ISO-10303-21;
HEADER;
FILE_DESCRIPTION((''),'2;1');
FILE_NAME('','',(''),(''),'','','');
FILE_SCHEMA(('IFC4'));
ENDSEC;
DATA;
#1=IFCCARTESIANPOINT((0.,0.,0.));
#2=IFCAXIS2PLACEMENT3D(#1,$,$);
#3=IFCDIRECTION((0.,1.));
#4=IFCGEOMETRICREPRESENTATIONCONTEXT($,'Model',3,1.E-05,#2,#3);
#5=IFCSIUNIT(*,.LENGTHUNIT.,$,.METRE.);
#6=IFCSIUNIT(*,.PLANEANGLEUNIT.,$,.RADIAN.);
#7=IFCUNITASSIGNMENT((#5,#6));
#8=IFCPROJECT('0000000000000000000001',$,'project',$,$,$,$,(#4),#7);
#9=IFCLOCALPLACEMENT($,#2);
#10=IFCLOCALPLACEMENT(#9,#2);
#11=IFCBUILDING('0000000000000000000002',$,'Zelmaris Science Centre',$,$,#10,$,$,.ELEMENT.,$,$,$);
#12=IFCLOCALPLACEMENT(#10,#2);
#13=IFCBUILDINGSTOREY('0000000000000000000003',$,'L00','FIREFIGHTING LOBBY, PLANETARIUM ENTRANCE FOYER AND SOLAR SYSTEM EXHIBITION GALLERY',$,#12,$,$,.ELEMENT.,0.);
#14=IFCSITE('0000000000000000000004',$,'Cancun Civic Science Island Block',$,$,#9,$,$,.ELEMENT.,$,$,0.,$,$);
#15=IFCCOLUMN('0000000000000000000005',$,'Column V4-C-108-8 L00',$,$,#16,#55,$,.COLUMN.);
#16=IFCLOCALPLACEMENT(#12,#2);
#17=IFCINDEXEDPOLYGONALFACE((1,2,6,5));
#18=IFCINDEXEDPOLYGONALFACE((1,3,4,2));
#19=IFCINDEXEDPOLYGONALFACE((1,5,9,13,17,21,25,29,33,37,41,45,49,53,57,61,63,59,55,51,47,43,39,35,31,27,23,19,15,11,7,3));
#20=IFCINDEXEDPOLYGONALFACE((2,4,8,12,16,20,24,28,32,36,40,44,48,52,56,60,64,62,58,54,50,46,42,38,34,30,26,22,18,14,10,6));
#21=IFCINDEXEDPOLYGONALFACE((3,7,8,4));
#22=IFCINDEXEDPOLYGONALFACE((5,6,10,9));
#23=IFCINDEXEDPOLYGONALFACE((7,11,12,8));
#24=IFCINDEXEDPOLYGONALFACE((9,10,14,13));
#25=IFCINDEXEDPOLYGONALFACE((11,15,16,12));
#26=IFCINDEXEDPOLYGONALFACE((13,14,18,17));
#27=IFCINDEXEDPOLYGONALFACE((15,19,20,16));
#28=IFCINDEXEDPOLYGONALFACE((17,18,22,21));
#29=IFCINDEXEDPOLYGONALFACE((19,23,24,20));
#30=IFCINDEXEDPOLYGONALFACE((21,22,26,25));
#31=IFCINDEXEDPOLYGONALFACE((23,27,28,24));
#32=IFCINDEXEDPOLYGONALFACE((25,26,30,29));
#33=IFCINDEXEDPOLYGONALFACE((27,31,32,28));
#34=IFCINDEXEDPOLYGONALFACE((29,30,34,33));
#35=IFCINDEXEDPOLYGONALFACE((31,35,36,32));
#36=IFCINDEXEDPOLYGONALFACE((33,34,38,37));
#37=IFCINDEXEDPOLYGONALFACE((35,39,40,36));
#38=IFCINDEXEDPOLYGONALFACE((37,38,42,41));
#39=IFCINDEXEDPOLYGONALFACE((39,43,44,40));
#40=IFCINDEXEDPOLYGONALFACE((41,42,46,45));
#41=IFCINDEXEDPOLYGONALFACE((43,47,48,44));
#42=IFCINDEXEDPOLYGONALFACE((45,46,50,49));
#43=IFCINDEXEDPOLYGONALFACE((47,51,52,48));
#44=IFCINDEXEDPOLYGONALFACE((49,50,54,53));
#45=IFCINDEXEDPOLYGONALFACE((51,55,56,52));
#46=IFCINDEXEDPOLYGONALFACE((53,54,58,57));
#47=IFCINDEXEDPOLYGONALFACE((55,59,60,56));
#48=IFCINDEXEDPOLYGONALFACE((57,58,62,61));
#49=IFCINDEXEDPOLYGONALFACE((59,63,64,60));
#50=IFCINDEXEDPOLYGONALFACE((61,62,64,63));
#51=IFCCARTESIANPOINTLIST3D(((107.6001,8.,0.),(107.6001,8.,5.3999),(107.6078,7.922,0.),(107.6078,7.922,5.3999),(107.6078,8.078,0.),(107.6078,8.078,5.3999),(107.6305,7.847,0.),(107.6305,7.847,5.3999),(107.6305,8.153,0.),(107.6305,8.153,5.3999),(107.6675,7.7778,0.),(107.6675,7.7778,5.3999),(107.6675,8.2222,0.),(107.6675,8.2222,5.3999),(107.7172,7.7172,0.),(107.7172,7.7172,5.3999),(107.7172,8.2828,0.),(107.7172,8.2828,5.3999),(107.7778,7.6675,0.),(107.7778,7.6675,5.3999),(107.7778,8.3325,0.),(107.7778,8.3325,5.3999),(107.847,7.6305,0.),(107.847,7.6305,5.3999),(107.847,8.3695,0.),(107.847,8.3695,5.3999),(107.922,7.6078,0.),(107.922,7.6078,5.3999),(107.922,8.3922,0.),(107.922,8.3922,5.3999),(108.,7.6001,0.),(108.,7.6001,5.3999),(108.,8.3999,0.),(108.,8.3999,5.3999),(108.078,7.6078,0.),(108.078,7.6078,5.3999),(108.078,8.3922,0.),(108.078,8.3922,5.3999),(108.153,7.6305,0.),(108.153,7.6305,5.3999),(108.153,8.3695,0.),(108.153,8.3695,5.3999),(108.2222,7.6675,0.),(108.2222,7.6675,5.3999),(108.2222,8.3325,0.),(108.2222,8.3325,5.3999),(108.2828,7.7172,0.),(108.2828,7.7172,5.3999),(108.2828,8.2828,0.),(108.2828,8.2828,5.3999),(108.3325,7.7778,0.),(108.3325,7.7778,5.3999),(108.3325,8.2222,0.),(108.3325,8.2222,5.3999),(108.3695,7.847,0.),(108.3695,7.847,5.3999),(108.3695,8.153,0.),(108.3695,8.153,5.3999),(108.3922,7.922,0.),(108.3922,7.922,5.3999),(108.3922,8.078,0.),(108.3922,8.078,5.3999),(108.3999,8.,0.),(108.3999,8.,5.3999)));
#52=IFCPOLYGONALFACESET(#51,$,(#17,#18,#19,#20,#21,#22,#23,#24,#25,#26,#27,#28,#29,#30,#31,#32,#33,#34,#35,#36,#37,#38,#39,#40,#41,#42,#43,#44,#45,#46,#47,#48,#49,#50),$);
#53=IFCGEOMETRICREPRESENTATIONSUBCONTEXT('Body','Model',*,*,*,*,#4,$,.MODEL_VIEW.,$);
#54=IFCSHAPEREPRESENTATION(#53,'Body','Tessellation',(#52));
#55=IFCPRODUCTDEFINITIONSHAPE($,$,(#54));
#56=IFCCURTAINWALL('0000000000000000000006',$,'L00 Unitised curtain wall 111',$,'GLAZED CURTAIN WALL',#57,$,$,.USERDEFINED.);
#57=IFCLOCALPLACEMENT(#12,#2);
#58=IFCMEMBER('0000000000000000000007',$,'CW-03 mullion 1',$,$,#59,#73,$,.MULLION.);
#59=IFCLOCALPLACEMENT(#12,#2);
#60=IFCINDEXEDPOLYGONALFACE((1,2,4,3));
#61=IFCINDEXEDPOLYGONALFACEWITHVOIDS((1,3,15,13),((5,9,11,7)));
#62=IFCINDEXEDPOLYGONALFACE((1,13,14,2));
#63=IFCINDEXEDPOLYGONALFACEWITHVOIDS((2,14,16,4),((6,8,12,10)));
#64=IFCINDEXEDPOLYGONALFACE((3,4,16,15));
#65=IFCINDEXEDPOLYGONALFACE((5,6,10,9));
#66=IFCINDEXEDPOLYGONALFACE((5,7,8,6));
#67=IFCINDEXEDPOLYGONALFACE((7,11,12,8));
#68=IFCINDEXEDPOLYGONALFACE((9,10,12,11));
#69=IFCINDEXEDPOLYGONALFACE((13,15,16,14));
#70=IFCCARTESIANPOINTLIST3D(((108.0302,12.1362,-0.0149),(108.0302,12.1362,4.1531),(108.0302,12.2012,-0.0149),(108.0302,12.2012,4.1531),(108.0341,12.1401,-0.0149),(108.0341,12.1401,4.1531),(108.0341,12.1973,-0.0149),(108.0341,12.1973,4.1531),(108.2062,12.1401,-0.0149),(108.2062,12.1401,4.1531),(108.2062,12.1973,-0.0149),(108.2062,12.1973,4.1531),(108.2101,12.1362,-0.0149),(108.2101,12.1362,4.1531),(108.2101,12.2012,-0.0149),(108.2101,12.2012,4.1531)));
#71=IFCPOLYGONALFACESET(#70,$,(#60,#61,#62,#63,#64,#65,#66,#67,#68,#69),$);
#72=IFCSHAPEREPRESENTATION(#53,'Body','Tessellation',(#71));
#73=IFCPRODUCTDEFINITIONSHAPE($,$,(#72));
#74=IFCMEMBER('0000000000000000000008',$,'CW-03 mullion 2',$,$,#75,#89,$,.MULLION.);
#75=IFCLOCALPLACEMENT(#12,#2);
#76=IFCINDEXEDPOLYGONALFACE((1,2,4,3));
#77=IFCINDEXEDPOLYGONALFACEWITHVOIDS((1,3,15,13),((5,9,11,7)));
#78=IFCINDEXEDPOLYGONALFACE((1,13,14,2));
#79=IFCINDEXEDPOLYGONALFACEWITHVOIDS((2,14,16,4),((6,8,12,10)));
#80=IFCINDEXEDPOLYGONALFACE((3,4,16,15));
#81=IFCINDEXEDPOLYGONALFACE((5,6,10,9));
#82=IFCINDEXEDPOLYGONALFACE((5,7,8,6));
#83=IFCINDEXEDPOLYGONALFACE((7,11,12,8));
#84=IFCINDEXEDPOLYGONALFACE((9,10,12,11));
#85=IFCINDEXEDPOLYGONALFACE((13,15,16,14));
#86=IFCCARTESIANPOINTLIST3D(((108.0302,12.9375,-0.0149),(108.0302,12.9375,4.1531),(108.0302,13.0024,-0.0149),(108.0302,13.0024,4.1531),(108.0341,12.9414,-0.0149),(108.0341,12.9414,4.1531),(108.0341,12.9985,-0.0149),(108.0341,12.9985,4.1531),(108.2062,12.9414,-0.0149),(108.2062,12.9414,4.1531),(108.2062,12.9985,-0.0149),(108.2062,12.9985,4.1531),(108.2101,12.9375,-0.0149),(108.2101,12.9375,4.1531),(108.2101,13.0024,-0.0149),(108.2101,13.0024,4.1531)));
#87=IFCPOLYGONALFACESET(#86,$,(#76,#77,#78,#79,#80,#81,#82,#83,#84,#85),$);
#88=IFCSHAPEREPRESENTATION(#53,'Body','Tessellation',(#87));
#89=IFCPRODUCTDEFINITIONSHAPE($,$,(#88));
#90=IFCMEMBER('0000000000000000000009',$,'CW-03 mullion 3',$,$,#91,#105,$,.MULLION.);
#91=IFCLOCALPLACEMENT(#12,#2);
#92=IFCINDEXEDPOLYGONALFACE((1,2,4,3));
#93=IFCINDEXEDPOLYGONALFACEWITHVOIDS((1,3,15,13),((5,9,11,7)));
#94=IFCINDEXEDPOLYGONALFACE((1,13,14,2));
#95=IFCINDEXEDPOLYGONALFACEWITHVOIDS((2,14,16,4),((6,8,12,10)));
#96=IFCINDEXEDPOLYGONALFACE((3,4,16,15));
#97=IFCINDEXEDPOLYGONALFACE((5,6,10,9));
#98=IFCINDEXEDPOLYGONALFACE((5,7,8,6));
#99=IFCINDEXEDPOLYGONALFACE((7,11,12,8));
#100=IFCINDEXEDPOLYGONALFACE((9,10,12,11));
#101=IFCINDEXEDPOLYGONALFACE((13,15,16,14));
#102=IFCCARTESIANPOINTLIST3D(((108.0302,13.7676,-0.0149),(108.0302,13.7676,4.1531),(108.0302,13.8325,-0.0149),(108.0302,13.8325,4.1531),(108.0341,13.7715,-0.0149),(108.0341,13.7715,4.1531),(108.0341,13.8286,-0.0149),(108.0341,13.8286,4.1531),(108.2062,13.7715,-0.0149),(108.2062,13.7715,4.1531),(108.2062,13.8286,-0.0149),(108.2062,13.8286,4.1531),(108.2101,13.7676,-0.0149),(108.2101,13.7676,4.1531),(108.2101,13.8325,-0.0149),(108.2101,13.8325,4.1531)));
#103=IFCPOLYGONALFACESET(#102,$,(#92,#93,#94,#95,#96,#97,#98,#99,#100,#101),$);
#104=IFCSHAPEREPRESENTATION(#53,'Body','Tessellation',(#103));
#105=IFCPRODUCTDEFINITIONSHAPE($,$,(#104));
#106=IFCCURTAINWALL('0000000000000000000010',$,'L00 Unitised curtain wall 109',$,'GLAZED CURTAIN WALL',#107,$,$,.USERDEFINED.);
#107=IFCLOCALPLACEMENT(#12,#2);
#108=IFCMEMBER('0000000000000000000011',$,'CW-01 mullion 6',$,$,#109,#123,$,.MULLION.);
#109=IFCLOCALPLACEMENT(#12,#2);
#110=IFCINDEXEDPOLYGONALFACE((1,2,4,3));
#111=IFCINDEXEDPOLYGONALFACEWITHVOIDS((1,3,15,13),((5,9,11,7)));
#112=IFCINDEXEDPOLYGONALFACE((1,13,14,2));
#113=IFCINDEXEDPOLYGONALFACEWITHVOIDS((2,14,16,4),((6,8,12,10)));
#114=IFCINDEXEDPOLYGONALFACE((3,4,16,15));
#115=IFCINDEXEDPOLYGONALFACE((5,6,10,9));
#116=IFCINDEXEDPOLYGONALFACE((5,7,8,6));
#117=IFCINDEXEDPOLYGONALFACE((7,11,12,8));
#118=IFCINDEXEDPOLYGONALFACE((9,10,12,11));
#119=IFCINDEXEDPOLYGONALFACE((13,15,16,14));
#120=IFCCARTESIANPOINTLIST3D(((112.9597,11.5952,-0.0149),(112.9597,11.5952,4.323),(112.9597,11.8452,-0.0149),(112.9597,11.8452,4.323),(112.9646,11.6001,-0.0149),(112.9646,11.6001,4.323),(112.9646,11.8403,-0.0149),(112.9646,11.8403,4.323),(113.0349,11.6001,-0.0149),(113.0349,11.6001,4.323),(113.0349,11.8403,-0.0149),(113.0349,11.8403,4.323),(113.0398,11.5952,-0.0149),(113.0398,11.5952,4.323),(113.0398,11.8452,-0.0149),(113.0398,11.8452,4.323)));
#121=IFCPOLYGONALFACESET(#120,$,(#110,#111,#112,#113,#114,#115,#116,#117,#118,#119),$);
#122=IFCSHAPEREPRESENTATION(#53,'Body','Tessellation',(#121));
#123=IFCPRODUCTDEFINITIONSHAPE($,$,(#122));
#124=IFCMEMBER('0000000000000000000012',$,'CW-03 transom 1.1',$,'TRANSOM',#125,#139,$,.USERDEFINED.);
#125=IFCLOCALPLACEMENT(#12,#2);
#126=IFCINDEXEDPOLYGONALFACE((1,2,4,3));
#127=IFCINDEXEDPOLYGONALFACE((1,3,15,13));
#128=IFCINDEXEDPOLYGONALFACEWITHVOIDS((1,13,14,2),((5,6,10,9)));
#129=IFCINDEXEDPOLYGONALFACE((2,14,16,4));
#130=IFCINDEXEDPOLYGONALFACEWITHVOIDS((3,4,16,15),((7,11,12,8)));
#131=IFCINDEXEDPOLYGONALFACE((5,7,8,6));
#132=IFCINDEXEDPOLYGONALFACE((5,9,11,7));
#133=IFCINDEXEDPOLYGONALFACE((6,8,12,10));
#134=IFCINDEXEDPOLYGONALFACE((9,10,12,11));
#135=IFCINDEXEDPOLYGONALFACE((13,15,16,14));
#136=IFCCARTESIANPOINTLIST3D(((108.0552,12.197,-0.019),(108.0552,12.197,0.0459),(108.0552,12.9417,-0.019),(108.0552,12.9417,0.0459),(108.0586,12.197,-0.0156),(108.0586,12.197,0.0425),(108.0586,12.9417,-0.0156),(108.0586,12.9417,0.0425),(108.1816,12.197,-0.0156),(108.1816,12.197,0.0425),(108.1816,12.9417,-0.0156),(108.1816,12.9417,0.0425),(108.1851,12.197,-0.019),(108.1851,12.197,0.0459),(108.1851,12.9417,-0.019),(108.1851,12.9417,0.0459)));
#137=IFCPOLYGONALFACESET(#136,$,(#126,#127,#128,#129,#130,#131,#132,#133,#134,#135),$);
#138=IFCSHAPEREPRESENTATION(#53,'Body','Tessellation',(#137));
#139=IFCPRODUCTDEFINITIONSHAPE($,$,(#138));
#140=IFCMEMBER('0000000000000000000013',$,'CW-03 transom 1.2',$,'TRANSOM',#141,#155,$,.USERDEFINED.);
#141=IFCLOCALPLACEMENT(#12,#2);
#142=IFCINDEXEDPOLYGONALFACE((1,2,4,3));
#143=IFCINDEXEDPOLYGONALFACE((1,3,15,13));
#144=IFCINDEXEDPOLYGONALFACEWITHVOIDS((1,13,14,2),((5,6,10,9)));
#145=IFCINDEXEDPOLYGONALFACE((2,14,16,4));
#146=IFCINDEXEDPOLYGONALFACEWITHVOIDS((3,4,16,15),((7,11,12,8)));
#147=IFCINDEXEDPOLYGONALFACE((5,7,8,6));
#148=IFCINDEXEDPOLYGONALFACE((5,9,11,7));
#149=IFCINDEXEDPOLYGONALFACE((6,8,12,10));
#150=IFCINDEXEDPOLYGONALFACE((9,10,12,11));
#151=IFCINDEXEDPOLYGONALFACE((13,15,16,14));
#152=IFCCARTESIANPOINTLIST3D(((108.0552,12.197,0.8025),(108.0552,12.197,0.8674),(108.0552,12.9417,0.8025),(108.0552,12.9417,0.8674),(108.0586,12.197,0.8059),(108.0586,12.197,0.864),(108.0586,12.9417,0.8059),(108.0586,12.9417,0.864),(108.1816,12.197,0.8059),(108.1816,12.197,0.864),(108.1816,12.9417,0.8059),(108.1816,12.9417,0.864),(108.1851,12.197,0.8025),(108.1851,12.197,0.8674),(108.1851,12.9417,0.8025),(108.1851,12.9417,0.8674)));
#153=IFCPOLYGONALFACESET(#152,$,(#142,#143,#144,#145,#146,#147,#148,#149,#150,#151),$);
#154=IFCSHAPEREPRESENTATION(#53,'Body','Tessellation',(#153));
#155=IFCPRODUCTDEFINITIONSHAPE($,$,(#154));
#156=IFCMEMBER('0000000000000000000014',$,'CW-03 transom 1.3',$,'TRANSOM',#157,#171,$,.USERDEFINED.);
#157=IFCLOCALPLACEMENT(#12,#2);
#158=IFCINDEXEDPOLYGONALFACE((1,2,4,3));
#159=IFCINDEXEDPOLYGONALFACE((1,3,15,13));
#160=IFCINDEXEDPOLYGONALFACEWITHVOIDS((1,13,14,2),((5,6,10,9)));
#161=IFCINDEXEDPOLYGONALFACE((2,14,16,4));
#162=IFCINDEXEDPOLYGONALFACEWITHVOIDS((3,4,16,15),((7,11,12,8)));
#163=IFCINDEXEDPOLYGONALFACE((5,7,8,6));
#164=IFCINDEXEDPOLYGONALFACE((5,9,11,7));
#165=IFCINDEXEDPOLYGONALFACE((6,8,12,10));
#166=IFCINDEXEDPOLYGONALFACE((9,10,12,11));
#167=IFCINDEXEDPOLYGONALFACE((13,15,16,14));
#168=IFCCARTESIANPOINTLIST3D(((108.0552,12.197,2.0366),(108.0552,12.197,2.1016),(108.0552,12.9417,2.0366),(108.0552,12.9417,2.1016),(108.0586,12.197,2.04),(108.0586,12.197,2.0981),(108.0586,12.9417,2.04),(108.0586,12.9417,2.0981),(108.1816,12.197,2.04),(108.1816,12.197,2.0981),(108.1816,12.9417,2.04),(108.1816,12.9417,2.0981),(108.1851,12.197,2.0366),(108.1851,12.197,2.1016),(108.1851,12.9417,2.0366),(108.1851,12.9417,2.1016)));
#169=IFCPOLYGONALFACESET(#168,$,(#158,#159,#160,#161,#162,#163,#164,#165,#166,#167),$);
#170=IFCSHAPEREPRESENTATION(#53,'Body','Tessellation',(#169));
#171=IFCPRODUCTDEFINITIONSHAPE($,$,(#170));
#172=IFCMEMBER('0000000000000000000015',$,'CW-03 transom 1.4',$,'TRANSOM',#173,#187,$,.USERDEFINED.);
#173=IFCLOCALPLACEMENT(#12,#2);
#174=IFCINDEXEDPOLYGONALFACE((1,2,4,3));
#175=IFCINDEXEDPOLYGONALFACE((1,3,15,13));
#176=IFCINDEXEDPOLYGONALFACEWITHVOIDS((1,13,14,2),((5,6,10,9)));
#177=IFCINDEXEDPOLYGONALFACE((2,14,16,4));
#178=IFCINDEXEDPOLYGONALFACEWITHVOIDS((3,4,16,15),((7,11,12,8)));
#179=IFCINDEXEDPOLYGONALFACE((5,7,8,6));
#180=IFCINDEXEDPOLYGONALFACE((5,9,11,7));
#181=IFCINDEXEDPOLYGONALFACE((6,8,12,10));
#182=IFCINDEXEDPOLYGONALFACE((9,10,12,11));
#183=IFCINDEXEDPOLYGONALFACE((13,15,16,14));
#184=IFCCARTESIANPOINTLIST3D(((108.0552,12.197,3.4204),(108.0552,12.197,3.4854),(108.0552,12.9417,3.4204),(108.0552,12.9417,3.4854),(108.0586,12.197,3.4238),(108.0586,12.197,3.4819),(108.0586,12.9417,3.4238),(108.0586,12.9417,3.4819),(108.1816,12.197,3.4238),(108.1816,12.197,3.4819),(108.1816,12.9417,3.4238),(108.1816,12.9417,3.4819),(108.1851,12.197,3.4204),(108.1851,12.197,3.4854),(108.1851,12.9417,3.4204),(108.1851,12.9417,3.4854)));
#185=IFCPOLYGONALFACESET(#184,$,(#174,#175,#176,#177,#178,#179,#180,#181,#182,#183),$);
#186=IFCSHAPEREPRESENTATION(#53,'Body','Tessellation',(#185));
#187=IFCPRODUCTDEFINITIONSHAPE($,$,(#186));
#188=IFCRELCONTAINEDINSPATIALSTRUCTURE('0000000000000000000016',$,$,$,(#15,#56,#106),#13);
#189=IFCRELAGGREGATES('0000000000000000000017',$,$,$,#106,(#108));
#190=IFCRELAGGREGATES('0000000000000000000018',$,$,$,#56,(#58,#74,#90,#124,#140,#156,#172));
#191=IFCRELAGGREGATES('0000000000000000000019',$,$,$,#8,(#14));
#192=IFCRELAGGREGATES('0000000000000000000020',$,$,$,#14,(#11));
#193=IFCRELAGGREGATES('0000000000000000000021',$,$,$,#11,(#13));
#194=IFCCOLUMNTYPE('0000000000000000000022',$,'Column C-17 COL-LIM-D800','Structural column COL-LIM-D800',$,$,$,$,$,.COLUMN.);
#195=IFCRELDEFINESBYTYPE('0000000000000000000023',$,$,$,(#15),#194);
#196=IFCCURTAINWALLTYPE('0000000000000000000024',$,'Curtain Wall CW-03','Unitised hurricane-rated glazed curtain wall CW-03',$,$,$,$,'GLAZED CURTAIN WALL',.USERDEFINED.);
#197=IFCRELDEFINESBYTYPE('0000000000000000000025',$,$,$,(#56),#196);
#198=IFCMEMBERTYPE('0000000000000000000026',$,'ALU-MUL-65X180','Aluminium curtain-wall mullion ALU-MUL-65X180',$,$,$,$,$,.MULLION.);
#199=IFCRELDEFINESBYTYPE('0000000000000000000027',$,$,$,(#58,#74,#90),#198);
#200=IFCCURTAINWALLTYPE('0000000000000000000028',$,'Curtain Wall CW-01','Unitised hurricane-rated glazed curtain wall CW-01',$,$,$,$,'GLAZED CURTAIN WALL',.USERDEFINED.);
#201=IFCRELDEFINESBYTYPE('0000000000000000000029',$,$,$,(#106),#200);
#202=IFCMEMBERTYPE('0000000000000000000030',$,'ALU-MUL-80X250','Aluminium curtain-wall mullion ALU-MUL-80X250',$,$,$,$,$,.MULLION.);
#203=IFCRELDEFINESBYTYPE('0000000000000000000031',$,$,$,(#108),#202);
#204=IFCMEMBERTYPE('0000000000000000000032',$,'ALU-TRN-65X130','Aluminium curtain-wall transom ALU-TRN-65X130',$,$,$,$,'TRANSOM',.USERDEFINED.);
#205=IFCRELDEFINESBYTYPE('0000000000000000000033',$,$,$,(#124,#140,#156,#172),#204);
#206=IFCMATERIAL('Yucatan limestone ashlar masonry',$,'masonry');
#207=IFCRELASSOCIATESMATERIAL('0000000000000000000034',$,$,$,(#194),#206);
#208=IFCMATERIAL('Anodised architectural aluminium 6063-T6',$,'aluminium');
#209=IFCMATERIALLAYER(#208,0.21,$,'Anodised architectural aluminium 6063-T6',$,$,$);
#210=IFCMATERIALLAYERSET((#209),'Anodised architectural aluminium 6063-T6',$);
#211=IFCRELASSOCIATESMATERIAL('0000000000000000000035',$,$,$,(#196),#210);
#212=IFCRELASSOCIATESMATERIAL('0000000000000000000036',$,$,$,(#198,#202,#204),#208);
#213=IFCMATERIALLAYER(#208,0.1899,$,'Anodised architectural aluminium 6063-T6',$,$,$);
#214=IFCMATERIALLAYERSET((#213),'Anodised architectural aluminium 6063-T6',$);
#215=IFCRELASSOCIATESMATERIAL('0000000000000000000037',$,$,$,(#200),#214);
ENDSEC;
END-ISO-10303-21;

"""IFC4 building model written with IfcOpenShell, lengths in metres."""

from ifc_helpers import new_model, si_unit, direction, frame, origin, origin_2d, place, context, subcontext, project, spatial, hollow_rectangle, circle, extrude, material, layer, layer_set, material_profile, profile_set, type_object, element, aggregate, save


model = new_model("IFC4")

# Units and contexts
model_context = context("Model", 3, precision=1e-05, world=origin(), true_north=direction((0.0, 1.0)))
body_context = subcontext(model_context, "Body", "Model", "MODEL_VIEW")
ifc_project = project(units=[si_unit("LENGTHUNIT", "METRE"), si_unit("PLANEANGLEUNIT", "RADIAN")], contexts=[model_context])

# Site, building, storey
site_placement = place(None, origin())
site = spatial("IfcSite", under=ifc_project, at=site_placement, Name="Cancun Civic Science Island Block", CompositionType="ELEMENT", RefElevation=0.0)
building_placement = place(site_placement, origin())
building = spatial("IfcBuilding", under=site, at=building_placement, Name="Zelmaris Science Centre", CompositionType="ELEMENT")
storey_placement = place(building_placement, origin())
storey = spatial("IfcBuildingStorey", under=building, at=storey_placement, Name="L00", Description="FIREFIGHTING LOBBY, PLANETARIUM ENTRANCE FOYER AND SOLAR SYSTEM EXHIBITION GALLERY", CompositionType="ELEMENT", Elevation=0.0)

# Column
ifc_material_1 = material(Name="Yucatan limestone ashlar masonry", Category="masonry")
ifc_material_profile_1 = material_profile(ifc_material_1, circle(Radius=0.3999, at=origin_2d()), Name="COL-LIM-D800")
ifc_profile_set_1 = profile_set([ifc_material_profile_1], Name="Yucatan limestone ashlar masonry")
column_type = type_object("IfcColumnType", Name="Column C-17 COL-LIM-D800", Description="Structural column COL-LIM-D800", PredefinedType="COLUMN", material=ifc_profile_set_1)
column_placement = place(storey_placement, frame((108.0, 8.0, 0.0), z_axis=(0.0, 0.0, 1.0), x_axis=(1.0, 0.0, 0.0)))
element("IfcColumn", 1, at=column_placement, inside=storey, type_object=column_type, Name="Column V4-C-108-8 L00", PredefinedType="COLUMN", context=body_context, shape_type="SweptSolid", body=[
    extrude(circle(Radius=0.3999, at=origin_2d()), origin(), (0.0, 0.0, 1.0), 5.3999),
])

# Curtain wall, members
ifc_material_2 = material(Name="Anodised architectural aluminium 6063-T6", Category="aluminium")
ifc_layer_1 = layer(ifc_material_2, 0.21, Name="Anodised architectural aluminium 6063-T6")
ifc_layer_set_1 = layer_set([ifc_layer_1], Name="Anodised architectural aluminium 6063-T6")
curtain_wall_type_1 = type_object("IfcCurtainWallType", Name="Curtain Wall CW-03", Description="Unitised hurricane-rated glazed curtain wall CW-03", ElementType="GLAZED CURTAIN WALL", PredefinedType="USERDEFINED", material=ifc_layer_set_1)
curtain_wall_1_placement = place(storey_placement, origin())
curtain_wall_1 = element("IfcCurtainWall", 2, at=curtain_wall_1_placement, inside=storey, type_object=curtain_wall_type_1, Name="L00 Unitised curtain wall 111", ObjectType="GLAZED CURTAIN WALL", PredefinedType="USERDEFINED")
ifc_material_profile_2 = material_profile(ifc_material_2, hollow_rectangle(XDim=0.0649, YDim=0.1799, WallThickness=0.0039, at=origin_2d()), Name="ALU-MUL-65X180")
ifc_profile_set_2 = profile_set([ifc_material_profile_2], Name="Anodised architectural aluminium 6063-T6")
member_type_1 = type_object("IfcMemberType", Name="ALU-MUL-65X180", Description="Aluminium curtain-wall mullion ALU-MUL-65X180", PredefinedType="MULLION", material=ifc_profile_set_2)
member_1_placement = place(storey_placement, frame((108.1201, 12.1687, -0.0149), z_axis=(0.0, 0.0, 1.0), x_axis=(-0.000007, 1.0, 0.0)))
member_1 = element("IfcMember", 3, at=member_1_placement, type_object=member_type_1, Name="CW-03 mullion 1", PredefinedType="MULLION", context=body_context, shape_type="SweptSolid", body=[
    extrude(hollow_rectangle(XDim=0.0649, YDim=0.1799, WallThickness=0.0039, at=origin_2d()), origin(), (0.0, 0.0, 1.0), 4.168),
])
member_2_placement = place(storey_placement, frame((108.1201, 12.97, -0.0149), z_axis=(0.0, 0.0, 1.0), x_axis=(-0.000007, 1.0, 0.0)))
member_2 = element("IfcMember", 4, at=member_2_placement, type_object=member_type_1, Name="CW-03 mullion 2", PredefinedType="MULLION", context=body_context, shape_type="SweptSolid", body=[
    extrude(hollow_rectangle(XDim=0.0649, YDim=0.1799, WallThickness=0.0039, at=origin_2d()), origin(), (0.0, 0.0, 1.0), 4.168),
])
member_3_placement = place(storey_placement, frame((108.1201, 13.8, -0.0149), z_axis=(0.0, 0.0, 1.0), x_axis=(-0.000007, 1.0, 0.0)))
member_3 = element("IfcMember", 5, at=member_3_placement, type_object=member_type_1, Name="CW-03 mullion 3", PredefinedType="MULLION", context=body_context, shape_type="SweptSolid", body=[
    extrude(hollow_rectangle(XDim=0.0649, YDim=0.1799, WallThickness=0.0039, at=origin_2d()), origin(), (0.0, 0.0, 1.0), 4.168),
])

# Curtain wall, member
ifc_layer_2 = layer(ifc_material_2, 0.1899, Name="Anodised architectural aluminium 6063-T6")
ifc_layer_set_2 = layer_set([ifc_layer_2], Name="Anodised architectural aluminium 6063-T6")
curtain_wall_type_2 = type_object("IfcCurtainWallType", Name="Curtain Wall CW-01", Description="Unitised hurricane-rated glazed curtain wall CW-01", ElementType="GLAZED CURTAIN WALL", PredefinedType="USERDEFINED", material=ifc_layer_set_2)
curtain_wall_2_placement = place(storey_placement, origin())
curtain_wall_2 = element("IfcCurtainWall", 6, at=curtain_wall_2_placement, inside=storey, type_object=curtain_wall_type_2, Name="L00 Unitised curtain wall 109", ObjectType="GLAZED CURTAIN WALL", PredefinedType="USERDEFINED")
ifc_material_profile_3 = material_profile(ifc_material_2, hollow_rectangle(XDim=0.0801, YDim=0.25, WallThickness=0.0049, at=origin_2d()), Name="ALU-MUL-80X250")
ifc_profile_set_3 = profile_set([ifc_material_profile_3], Name="Anodised architectural aluminium 6063-T6")
member_type_2 = type_object("IfcMemberType", Name="ALU-MUL-80X250", Description="Aluminium curtain-wall mullion ALU-MUL-80X250", PredefinedType="MULLION", material=ifc_profile_set_3)
member_4_placement = place(storey_placement, frame((112.9998, 11.7202, -0.0149), z_axis=(0.0, 0.0, 1.0), x_axis=(-1.0, 0.0, 0.0)))
member_4 = element("IfcMember", 7, at=member_4_placement, type_object=member_type_2, Name="CW-01 mullion 6", PredefinedType="MULLION", context=body_context, shape_type="SweptSolid", body=[
    extrude(hollow_rectangle(XDim=0.0801, YDim=0.25, WallThickness=0.0049, at=origin_2d()), origin(), (0.0, 0.0, 1.0), 4.3379),
])

# Members
ifc_material_profile_4 = material_profile(ifc_material_2, hollow_rectangle(XDim=0.0649, YDim=0.1299, WallThickness=0.0034, at=origin_2d()), Name="ALU-TRN-65X130")
ifc_profile_set_4 = profile_set([ifc_material_profile_4], Name="Anodised architectural aluminium 6063-T6")
member_type_3 = type_object("IfcMemberType", Name="ALU-TRN-65X130", Description="Aluminium curtain-wall transom ALU-TRN-65X130", ElementType="TRANSOM", PredefinedType="USERDEFINED", material=ifc_profile_set_4)
member_5_placement = place(storey_placement, frame((108.1201, 12.197, 0.0134), z_axis=(0.0, 1.0, 0.0), x_axis=(0.0, 0.0, 1.0)))
member_5 = element("IfcMember", 8, at=member_5_placement, type_object=member_type_3, Name="CW-03 transom 1.1", ObjectType="TRANSOM", PredefinedType="USERDEFINED", context=body_context, shape_type="SweptSolid", body=[
    extrude(hollow_rectangle(XDim=0.0649, YDim=0.1299, WallThickness=0.0034, at=origin_2d()), origin(), (0.0, 0.0, 1.0), 0.7446),
])
member_6_placement = place(storey_placement, frame((108.1201, 12.197, 0.835), z_axis=(0.0, 1.0, 0.0), x_axis=(0.0, 0.0, 1.0)))
member_6 = element("IfcMember", 9, at=member_6_placement, type_object=member_type_3, Name="CW-03 transom 1.2", ObjectType="TRANSOM", PredefinedType="USERDEFINED", context=body_context, shape_type="SweptSolid", body=[
    extrude(hollow_rectangle(XDim=0.0649, YDim=0.1299, WallThickness=0.0034, at=origin_2d()), origin(), (0.0, 0.0, 1.0), 0.7446),
])
member_7_placement = place(storey_placement, frame((108.1201, 12.197, 2.0691), z_axis=(0.0, 1.0, 0.0), x_axis=(0.0, 0.0, 1.0)))
member_7 = element("IfcMember", 10, at=member_7_placement, type_object=member_type_3, Name="CW-03 transom 1.3", ObjectType="TRANSOM", PredefinedType="USERDEFINED", context=body_context, shape_type="SweptSolid", body=[
    extrude(hollow_rectangle(XDim=0.0649, YDim=0.1299, WallThickness=0.0034, at=origin_2d()), origin(), (0.0, 0.0, 1.0), 0.7446),
])
member_8_placement = place(storey_placement, frame((108.1201, 12.197, 3.4529), z_axis=(0.0, 1.0, 0.0), x_axis=(0.0, 0.0, 1.0)))
member_8 = element("IfcMember", 11, at=member_8_placement, type_object=member_type_3, Name="CW-03 transom 1.4", ObjectType="TRANSOM", PredefinedType="USERDEFINED", context=body_context, shape_type="SweptSolid", body=[
    extrude(hollow_rectangle(XDim=0.0649, YDim=0.1299, WallThickness=0.0034, at=origin_2d()), origin(), (0.0, 0.0, 1.0), 0.7446),
])

aggregate(curtain_wall_2, [member_4])
aggregate(curtain_wall_1, [member_1, member_2, member_3, member_5, member_6, member_7, member_8])

save(model, "model.ifc")
